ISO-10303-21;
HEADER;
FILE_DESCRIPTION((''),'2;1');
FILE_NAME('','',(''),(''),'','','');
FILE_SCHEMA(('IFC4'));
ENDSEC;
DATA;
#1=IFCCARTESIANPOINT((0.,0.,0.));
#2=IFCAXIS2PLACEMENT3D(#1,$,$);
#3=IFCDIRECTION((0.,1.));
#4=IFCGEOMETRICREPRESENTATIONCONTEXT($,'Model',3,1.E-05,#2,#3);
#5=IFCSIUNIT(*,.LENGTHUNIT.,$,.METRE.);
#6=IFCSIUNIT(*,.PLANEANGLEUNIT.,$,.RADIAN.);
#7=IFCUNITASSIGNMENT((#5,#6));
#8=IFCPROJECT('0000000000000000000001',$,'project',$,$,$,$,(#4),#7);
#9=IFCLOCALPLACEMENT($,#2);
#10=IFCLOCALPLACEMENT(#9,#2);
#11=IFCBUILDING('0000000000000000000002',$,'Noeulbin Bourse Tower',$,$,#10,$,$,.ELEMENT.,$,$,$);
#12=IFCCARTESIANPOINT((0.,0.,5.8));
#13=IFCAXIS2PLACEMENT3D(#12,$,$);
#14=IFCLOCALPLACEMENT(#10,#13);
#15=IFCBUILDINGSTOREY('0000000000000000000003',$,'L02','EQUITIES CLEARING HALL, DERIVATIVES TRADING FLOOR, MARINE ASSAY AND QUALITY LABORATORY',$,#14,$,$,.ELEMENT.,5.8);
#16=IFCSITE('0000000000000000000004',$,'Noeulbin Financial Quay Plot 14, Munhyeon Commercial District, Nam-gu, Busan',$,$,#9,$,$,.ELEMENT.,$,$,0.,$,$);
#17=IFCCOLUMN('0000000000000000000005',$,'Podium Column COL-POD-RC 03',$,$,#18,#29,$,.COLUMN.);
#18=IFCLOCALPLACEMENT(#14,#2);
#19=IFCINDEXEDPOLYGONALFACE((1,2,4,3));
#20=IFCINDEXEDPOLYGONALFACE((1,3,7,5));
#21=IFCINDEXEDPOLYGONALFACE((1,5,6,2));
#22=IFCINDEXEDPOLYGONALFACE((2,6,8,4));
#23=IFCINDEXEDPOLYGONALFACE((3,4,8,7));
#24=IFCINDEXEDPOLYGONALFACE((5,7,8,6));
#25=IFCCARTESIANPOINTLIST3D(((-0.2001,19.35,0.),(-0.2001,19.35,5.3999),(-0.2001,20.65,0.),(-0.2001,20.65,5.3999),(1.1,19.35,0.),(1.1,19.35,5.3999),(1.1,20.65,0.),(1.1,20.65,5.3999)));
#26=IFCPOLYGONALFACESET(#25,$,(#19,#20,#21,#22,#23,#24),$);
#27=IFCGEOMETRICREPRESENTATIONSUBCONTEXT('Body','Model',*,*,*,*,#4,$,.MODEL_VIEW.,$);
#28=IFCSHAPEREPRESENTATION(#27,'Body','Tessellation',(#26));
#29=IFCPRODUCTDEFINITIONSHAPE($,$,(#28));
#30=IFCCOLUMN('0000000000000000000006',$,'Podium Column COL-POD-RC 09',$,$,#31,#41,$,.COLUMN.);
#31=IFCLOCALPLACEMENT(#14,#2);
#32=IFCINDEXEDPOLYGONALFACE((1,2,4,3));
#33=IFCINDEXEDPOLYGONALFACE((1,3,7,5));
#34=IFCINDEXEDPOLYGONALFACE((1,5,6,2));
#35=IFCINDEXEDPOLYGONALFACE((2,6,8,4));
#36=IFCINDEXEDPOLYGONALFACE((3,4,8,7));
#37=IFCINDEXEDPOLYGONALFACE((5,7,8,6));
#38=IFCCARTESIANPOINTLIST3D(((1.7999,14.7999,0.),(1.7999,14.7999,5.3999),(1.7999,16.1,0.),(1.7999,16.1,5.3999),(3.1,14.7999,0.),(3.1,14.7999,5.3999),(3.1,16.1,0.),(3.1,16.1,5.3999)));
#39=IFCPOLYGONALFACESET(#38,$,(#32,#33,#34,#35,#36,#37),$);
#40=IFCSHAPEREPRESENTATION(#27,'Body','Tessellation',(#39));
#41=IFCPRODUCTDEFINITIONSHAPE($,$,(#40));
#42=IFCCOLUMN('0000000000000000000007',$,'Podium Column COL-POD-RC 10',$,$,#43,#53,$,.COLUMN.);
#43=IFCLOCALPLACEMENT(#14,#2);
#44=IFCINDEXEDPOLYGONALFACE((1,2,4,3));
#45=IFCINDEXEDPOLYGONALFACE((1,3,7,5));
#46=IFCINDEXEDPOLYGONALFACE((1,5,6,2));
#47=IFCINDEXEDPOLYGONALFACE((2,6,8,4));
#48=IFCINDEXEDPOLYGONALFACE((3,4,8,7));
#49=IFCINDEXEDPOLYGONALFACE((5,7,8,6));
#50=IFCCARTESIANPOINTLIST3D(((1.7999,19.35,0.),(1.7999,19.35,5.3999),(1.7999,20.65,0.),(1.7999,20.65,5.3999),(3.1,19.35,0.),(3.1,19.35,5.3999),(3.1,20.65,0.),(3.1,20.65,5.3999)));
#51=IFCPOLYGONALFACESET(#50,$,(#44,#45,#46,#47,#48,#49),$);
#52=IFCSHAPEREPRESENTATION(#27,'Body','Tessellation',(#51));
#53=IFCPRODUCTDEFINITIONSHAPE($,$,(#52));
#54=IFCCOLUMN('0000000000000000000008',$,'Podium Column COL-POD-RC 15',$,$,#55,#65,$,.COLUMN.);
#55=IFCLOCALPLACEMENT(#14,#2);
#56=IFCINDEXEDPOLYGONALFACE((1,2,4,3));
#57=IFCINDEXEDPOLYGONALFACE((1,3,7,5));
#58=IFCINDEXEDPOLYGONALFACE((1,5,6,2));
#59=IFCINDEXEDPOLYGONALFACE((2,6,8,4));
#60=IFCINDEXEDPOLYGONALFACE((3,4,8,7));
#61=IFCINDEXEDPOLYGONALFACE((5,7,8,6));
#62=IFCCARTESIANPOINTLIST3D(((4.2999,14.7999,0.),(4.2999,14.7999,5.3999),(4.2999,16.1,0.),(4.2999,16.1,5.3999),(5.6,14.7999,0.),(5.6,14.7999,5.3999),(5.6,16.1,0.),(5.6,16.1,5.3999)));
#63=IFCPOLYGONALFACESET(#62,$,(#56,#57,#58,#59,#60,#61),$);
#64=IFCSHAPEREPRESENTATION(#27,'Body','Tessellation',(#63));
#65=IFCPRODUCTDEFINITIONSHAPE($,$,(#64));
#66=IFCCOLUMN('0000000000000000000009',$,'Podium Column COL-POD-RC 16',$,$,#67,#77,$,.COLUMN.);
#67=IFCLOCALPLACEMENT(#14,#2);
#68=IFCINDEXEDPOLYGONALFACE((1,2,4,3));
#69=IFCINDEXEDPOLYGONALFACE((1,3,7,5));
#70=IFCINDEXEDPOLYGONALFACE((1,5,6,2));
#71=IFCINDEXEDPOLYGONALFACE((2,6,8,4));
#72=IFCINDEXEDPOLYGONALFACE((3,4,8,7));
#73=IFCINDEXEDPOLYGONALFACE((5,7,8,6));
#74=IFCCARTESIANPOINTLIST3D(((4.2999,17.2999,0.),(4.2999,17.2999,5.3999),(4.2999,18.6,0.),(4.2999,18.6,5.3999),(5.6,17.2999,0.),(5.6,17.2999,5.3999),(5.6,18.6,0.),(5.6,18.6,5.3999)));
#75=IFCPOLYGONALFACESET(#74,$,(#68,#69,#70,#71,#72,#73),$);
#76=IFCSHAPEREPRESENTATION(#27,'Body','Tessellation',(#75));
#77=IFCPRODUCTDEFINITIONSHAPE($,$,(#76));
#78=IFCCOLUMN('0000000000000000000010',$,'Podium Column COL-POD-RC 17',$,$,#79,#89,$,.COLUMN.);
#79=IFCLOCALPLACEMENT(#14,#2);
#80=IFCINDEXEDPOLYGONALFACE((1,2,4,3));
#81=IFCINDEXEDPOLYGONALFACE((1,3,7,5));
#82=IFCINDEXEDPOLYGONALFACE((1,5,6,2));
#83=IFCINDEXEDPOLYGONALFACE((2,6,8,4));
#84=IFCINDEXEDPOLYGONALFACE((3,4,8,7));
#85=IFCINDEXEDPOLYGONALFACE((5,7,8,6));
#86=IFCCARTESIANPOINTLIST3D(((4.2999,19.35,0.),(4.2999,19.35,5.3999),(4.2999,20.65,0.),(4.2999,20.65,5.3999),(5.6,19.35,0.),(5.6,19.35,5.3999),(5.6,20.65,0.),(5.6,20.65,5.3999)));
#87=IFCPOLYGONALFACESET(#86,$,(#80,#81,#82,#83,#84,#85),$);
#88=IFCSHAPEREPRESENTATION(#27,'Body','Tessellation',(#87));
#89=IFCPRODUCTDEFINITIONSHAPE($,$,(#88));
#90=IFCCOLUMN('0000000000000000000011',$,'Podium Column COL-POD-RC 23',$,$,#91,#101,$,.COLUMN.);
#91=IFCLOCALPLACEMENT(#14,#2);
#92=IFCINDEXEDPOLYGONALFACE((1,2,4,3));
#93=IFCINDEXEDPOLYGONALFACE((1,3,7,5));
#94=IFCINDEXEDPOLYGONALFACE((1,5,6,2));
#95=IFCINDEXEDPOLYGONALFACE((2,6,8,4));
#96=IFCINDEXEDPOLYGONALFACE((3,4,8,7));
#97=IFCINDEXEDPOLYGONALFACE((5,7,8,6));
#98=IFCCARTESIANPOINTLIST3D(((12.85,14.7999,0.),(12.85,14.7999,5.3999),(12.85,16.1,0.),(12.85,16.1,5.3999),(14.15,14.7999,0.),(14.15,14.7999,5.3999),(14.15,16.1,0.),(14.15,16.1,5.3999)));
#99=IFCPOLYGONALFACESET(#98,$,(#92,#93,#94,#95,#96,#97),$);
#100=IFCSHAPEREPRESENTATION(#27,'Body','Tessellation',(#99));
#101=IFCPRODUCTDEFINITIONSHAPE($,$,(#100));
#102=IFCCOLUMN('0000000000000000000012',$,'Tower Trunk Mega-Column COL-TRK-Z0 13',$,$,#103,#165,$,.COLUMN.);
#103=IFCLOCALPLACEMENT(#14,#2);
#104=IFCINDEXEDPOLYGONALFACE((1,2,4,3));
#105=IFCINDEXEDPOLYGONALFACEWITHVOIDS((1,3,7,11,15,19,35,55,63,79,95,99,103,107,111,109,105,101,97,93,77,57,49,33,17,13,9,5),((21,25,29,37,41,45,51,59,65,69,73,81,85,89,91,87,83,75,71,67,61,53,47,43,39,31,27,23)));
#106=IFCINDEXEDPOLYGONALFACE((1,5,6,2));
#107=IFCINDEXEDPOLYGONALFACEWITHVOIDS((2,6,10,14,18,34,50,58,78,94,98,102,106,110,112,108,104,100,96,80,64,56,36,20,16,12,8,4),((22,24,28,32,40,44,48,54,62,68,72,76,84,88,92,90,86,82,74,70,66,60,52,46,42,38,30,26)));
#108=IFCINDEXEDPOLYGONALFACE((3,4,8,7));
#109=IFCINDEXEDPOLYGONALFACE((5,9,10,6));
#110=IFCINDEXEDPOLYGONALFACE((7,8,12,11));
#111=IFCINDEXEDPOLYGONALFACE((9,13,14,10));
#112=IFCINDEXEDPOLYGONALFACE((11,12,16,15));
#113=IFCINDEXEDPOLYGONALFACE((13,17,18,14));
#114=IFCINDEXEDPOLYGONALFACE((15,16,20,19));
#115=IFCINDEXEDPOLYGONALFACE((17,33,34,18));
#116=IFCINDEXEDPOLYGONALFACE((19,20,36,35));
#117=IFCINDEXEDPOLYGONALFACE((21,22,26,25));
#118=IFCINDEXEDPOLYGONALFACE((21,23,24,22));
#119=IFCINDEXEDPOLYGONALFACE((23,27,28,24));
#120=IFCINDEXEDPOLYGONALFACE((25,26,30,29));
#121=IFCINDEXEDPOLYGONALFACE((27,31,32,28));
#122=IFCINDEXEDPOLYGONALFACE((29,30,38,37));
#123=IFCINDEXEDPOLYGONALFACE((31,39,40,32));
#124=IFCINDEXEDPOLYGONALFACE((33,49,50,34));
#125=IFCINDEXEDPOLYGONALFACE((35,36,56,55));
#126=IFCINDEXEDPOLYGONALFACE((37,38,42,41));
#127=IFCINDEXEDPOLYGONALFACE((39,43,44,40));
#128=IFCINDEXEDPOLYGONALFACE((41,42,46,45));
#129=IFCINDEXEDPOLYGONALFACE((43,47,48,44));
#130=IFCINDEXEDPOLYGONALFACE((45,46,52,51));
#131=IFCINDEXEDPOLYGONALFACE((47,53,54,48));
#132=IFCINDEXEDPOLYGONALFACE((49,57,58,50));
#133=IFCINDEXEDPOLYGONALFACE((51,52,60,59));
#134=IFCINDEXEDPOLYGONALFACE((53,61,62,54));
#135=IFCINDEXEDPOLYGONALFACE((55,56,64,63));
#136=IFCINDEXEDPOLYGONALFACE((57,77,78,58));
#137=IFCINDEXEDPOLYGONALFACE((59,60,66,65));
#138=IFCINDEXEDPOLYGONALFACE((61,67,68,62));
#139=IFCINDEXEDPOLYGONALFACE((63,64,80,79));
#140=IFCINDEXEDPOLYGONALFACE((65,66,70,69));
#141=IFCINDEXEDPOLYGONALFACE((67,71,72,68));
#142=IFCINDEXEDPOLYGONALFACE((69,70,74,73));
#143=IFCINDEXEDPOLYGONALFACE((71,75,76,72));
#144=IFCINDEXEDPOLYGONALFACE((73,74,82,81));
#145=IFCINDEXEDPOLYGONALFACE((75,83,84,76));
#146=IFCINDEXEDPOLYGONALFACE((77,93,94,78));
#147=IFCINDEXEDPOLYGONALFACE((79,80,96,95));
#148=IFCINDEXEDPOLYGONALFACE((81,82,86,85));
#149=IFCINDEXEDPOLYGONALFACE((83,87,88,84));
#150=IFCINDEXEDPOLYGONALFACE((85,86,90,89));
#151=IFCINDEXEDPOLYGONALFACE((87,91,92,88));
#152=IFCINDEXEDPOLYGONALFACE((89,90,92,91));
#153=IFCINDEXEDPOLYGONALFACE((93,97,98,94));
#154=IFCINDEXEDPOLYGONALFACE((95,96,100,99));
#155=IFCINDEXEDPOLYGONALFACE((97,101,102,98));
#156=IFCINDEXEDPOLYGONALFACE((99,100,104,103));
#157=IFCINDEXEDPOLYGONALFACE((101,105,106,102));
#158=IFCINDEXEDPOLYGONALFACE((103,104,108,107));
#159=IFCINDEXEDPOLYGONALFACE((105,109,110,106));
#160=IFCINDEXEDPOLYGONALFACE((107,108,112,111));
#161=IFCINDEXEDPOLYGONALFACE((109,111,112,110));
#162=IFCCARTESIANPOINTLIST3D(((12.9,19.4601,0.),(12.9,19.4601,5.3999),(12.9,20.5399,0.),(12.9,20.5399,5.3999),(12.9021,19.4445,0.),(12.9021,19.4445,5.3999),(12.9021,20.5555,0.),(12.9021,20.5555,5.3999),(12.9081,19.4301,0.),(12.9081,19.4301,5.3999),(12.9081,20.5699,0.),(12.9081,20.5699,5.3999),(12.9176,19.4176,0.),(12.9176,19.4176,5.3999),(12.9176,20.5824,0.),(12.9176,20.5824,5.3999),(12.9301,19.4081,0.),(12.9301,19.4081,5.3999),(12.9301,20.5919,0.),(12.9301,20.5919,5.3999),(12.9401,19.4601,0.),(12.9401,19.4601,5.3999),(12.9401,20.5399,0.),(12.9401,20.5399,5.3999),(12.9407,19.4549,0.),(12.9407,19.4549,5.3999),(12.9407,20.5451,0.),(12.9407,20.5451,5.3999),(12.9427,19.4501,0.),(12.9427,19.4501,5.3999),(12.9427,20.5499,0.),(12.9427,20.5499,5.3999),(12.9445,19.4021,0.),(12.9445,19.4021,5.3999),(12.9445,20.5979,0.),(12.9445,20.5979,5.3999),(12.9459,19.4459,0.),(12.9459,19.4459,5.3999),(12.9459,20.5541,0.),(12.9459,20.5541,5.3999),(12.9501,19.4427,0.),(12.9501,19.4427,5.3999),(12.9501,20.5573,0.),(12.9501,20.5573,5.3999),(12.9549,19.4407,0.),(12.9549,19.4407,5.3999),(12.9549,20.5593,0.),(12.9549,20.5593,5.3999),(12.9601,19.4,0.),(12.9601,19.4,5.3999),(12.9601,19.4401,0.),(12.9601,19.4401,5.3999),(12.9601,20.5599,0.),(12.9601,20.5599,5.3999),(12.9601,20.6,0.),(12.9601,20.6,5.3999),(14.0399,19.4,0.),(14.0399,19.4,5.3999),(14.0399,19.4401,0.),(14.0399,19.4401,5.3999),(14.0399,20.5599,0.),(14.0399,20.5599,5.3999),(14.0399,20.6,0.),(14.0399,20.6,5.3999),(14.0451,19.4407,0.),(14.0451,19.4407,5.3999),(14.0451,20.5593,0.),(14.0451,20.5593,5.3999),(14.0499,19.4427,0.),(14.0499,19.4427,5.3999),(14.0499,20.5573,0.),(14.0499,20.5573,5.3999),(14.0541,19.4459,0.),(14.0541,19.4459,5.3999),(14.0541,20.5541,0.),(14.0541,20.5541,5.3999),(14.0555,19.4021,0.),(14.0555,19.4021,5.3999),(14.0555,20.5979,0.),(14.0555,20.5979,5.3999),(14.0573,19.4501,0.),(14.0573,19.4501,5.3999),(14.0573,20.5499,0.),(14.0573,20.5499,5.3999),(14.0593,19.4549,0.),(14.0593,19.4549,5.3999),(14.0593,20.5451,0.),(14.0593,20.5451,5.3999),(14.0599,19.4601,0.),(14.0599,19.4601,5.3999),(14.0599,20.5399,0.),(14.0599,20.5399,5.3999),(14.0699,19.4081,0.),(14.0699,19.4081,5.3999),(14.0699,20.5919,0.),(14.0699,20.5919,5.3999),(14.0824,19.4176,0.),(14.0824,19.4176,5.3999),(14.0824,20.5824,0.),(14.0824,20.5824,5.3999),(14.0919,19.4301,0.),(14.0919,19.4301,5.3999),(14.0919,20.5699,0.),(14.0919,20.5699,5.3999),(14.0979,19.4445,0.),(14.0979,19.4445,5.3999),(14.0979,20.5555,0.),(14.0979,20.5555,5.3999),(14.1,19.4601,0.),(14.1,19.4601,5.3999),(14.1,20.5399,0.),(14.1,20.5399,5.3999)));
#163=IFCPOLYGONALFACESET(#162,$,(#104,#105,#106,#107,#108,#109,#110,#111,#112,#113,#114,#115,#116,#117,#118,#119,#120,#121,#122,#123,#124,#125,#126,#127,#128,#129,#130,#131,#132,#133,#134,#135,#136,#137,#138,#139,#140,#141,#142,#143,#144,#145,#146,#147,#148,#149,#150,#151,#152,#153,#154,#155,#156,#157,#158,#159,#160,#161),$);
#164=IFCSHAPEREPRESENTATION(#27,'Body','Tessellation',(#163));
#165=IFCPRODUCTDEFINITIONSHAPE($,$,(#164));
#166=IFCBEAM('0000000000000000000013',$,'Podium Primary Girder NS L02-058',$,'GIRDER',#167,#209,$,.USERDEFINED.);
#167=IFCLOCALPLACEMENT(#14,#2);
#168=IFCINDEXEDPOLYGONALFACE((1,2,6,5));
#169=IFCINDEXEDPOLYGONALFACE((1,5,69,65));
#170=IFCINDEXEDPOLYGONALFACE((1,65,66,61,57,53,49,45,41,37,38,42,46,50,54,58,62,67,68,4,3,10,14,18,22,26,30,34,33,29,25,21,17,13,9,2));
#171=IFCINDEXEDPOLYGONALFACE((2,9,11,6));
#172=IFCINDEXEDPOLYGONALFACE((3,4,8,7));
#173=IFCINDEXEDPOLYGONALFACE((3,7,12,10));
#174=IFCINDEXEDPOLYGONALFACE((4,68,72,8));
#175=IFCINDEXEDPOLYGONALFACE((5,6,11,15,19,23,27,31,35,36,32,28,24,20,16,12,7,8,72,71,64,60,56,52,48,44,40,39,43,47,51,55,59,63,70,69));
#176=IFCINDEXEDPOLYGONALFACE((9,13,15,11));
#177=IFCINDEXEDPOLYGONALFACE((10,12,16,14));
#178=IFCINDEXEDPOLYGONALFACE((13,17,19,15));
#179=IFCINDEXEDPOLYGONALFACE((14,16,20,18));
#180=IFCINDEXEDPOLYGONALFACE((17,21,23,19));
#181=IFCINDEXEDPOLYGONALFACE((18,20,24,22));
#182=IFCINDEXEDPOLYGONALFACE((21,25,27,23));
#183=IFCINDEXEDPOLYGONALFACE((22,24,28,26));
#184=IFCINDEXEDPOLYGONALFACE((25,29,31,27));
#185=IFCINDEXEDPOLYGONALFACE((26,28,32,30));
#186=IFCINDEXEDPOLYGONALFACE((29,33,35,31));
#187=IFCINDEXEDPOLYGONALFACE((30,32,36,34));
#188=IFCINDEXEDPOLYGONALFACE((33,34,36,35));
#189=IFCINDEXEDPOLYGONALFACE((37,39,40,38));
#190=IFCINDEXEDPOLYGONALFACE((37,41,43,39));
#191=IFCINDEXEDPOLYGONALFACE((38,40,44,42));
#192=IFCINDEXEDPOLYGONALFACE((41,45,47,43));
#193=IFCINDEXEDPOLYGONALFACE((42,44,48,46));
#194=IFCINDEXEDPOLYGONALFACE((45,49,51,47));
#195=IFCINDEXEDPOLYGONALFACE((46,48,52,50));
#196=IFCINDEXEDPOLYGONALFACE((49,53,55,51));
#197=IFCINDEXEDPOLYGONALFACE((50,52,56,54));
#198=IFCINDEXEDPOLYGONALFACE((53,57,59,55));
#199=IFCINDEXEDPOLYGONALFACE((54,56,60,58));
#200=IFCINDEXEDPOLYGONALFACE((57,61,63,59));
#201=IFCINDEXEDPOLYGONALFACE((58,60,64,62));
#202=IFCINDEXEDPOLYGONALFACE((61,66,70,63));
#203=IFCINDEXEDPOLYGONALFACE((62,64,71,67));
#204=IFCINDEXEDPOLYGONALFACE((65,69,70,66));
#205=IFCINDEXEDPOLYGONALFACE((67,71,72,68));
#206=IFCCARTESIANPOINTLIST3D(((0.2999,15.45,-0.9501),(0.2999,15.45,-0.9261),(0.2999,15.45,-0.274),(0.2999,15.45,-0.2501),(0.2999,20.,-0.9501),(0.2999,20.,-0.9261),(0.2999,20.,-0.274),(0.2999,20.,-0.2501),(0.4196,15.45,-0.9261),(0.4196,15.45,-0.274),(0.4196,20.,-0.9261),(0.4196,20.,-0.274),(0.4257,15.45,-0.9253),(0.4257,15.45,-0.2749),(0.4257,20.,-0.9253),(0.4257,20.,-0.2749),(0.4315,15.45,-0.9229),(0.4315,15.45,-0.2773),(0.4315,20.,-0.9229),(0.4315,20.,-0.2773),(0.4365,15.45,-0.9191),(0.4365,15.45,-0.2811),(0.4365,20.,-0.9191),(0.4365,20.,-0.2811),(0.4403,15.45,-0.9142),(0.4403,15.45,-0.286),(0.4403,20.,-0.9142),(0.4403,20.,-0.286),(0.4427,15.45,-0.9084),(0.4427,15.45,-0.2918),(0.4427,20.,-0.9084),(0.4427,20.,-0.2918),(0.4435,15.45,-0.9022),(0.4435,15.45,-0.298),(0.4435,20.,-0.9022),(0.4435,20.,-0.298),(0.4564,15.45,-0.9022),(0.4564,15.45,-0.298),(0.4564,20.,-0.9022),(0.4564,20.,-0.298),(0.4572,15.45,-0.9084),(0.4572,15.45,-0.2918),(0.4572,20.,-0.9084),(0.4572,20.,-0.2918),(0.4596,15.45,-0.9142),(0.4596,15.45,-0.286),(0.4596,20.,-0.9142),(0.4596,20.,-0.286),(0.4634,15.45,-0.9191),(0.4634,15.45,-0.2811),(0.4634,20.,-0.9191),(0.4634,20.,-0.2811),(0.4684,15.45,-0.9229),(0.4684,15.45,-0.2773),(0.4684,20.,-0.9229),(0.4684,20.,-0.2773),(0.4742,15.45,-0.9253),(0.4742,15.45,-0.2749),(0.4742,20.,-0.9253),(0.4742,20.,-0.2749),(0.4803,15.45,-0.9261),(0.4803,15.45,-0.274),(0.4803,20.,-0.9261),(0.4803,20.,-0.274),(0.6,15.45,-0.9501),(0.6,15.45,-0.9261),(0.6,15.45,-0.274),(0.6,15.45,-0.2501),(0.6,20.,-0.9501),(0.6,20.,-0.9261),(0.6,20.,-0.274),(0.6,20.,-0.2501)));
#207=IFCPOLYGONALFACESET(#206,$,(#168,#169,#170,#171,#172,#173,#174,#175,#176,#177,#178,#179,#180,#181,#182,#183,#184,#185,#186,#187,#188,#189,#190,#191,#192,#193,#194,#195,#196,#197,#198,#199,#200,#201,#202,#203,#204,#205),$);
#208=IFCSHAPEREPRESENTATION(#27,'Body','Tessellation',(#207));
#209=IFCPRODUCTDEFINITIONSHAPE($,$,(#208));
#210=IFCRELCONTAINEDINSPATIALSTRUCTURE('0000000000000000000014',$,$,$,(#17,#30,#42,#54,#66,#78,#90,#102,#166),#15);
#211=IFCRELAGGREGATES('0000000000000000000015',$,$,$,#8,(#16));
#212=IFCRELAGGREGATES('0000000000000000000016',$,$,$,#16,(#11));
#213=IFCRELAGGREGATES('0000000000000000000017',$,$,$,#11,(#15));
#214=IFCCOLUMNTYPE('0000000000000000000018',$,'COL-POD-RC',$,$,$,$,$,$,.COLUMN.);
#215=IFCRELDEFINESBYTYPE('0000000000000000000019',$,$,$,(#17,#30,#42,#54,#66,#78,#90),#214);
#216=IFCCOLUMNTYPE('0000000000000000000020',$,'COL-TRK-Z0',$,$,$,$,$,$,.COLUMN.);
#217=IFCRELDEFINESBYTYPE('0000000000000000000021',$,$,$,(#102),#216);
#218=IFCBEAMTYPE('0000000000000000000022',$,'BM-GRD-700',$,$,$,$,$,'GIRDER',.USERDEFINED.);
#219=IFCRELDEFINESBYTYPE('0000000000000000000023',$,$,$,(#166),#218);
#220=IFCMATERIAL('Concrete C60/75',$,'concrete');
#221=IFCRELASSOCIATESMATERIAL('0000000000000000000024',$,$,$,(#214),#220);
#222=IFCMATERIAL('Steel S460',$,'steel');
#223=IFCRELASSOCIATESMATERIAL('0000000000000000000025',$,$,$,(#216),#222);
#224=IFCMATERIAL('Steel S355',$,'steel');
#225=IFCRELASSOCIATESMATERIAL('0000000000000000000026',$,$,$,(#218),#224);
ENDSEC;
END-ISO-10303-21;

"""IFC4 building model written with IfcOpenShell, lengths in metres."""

from ifc_helpers import new_model, si_unit, direction, frame, origin, origin_2d, place, context, subcontext, project, spatial, rectangle, hollow_rectangle, i_section, extrude, material, material_profile, profile_set, type_object, element, save


model = new_model("IFC4")

# Units and contexts
model_context = context("Model", 3, precision=1e-05, world=origin(), true_north=direction((0.0, 1.0)))
body_context = subcontext(model_context, "Body", "Model", "MODEL_VIEW")
ifc_project = project(units=[si_unit("LENGTHUNIT", "METRE"), si_unit("PLANEANGLEUNIT", "RADIAN")], contexts=[model_context])

# Site, building, storey
site_placement = place(None, origin())
site = spatial("IfcSite", under=ifc_project, at=site_placement, Name="Noeulbin Financial Quay Plot 14, Munhyeon Commercial District, Nam-gu, Busan", CompositionType="ELEMENT", RefElevation=0.0)
building_placement = place(site_placement, origin())
building = spatial("IfcBuilding", under=site, at=building_placement, Name="Noeulbin Bourse Tower", CompositionType="ELEMENT")
storey_placement = place(building_placement, frame((0.0, 0.0, 5.8)))
storey = spatial("IfcBuildingStorey", under=building, at=storey_placement, Name="L02", Description="EQUITIES CLEARING HALL, DERIVATIVES TRADING FLOOR, MARINE ASSAY AND QUALITY LABORATORY", CompositionType="ELEMENT", Elevation=5.8)

# Columns
ifc_material_1 = material(Name="Concrete C60/75", Category="concrete")
ifc_material_profile_1 = material_profile(ifc_material_1, rectangle(XDim=1.3, YDim=1.3, at=origin_2d()), Name="RC-COL-1300x1300", Category="LoadBearing")
ifc_profile_set_1 = profile_set([ifc_material_profile_1], Name="Concrete C60/75")
column_type_1 = type_object("IfcColumnType", Name="COL-POD-RC", PredefinedType="COLUMN", material=ifc_profile_set_1)
for number, where, z_axis, x_axis, name in (
    (1, (0.45, 20.0, 0.0), (0.0, 0.0, 1.0), (1.0, 0.0, 0.0), "Podium Column COL-POD-RC 03"),
    (2, (2.45, 15.45, 0.0), (0.0, 0.0, 1.0), (1.0, 0.0, 0.0), "Podium Column COL-POD-RC 09"),
    (3, (2.45, 20.0, 0.0), (0.0, 0.0, 1.0), (1.0, 0.0, 0.0), "Podium Column COL-POD-RC 10"),
    (4, (4.95, 15.45, 0.0), (0.0, 0.0, 1.0), (1.0, 0.0, 0.0), "Podium Column COL-POD-RC 15"),
    (5, (4.95, 17.95, 0.0), (0.0, 0.0, 1.0), (1.0, 0.0, 0.0), "Podium Column COL-POD-RC 16"),
    (6, (4.95, 20.0, 0.0), (0.0, 0.0, 1.0), (1.0, 0.0, 0.0), "Podium Column COL-POD-RC 17"),
    (7, (13.5, 15.45, 0.0), (0.0, 0.0, 1.0), (1.0, 0.0, 0.0), "Podium Column COL-POD-RC 23"),
):
    element("IfcColumn", number, at=place(storey_placement, frame(where, z_axis=z_axis, x_axis=x_axis)), inside=storey, type_object=column_type_1, Name=name, PredefinedType="COLUMN", context=body_context, shape_type="SweptSolid", body=[
        extrude(rectangle(XDim=1.3, YDim=1.3, at=origin_2d()), origin(), (0.0, 0.0, 1.0), 5.3999),
    ])
ifc_material_2 = material(Name="Steel S460", Category="steel")
ifc_material_profile_2 = material_profile(ifc_material_2, hollow_rectangle(XDim=1.2, YDim=1.2, WallThickness=0.04, InnerFilletRadius=0.02, OuterFilletRadius=0.0601, at=origin_2d()), Name="BOX-1200x1200x40", Category="LoadBearing")
ifc_profile_set_2 = profile_set([ifc_material_profile_2], Name="Steel S460")
column_type_2 = type_object("IfcColumnType", Name="COL-TRK-Z0", PredefinedType="COLUMN", material=ifc_profile_set_2)
column_placement = place(storey_placement, frame((13.5, 20.0, 0.0), z_axis=(0.0, 0.0, 1.0), x_axis=(1.0, 0.0, 0.0)))
element("IfcColumn", 8, at=column_placement, inside=storey, type_object=column_type_2, Name="Tower Trunk Mega-Column COL-TRK-Z0 13", PredefinedType="COLUMN", context=body_context, shape_type="SweptSolid", body=[
    extrude(hollow_rectangle(XDim=1.2, YDim=1.2, WallThickness=0.04, InnerFilletRadius=0.02, OuterFilletRadius=0.0601, at=origin_2d()), origin(), (0.0, 0.0, 1.0), 5.3999),
])

# Beam
ifc_material_3 = material(Name="Steel S355", Category="steel")
ifc_material_profile_3 = material_profile(ifc_material_3, i_section(OverallWidth=0.3, OverallDepth=0.7, WebThickness=0.0129, FlangeThickness=0.0239, FilletRadius=0.0239, at=origin_2d()), Name="H-700x300x13x24", Category="LoadBearing")
ifc_profile_set_3 = profile_set([ifc_material_profile_3], Name="Steel S355")
beam_type_1 = type_object("IfcBeamType", Name="BM-GRD-700", ElementType="GIRDER", PredefinedType="USERDEFINED", material=ifc_profile_set_3)
beam_1_placement = place(storey_placement, frame((0.45, 15.45, -0.6001), z_axis=(0.0, 1.0, 0.0), x_axis=(-1.0, 0.0, 0.0)))
element("IfcBeam", 9, at=beam_1_placement, inside=storey, type_object=beam_type_1, Name="Podium Primary Girder NS L02-058", ObjectType="GIRDER", PredefinedType="USERDEFINED", context=body_context, shape_type="SweptSolid", body=[
    extrude(i_section(OverallWidth=0.3, OverallDepth=0.7, WebThickness=0.0129, FlangeThickness=0.0239, FilletRadius=0.0239, at=origin_2d()), origin(), (0.0, 0.0, 1.0), 4.55),
])

save(model, "model.ifc")
